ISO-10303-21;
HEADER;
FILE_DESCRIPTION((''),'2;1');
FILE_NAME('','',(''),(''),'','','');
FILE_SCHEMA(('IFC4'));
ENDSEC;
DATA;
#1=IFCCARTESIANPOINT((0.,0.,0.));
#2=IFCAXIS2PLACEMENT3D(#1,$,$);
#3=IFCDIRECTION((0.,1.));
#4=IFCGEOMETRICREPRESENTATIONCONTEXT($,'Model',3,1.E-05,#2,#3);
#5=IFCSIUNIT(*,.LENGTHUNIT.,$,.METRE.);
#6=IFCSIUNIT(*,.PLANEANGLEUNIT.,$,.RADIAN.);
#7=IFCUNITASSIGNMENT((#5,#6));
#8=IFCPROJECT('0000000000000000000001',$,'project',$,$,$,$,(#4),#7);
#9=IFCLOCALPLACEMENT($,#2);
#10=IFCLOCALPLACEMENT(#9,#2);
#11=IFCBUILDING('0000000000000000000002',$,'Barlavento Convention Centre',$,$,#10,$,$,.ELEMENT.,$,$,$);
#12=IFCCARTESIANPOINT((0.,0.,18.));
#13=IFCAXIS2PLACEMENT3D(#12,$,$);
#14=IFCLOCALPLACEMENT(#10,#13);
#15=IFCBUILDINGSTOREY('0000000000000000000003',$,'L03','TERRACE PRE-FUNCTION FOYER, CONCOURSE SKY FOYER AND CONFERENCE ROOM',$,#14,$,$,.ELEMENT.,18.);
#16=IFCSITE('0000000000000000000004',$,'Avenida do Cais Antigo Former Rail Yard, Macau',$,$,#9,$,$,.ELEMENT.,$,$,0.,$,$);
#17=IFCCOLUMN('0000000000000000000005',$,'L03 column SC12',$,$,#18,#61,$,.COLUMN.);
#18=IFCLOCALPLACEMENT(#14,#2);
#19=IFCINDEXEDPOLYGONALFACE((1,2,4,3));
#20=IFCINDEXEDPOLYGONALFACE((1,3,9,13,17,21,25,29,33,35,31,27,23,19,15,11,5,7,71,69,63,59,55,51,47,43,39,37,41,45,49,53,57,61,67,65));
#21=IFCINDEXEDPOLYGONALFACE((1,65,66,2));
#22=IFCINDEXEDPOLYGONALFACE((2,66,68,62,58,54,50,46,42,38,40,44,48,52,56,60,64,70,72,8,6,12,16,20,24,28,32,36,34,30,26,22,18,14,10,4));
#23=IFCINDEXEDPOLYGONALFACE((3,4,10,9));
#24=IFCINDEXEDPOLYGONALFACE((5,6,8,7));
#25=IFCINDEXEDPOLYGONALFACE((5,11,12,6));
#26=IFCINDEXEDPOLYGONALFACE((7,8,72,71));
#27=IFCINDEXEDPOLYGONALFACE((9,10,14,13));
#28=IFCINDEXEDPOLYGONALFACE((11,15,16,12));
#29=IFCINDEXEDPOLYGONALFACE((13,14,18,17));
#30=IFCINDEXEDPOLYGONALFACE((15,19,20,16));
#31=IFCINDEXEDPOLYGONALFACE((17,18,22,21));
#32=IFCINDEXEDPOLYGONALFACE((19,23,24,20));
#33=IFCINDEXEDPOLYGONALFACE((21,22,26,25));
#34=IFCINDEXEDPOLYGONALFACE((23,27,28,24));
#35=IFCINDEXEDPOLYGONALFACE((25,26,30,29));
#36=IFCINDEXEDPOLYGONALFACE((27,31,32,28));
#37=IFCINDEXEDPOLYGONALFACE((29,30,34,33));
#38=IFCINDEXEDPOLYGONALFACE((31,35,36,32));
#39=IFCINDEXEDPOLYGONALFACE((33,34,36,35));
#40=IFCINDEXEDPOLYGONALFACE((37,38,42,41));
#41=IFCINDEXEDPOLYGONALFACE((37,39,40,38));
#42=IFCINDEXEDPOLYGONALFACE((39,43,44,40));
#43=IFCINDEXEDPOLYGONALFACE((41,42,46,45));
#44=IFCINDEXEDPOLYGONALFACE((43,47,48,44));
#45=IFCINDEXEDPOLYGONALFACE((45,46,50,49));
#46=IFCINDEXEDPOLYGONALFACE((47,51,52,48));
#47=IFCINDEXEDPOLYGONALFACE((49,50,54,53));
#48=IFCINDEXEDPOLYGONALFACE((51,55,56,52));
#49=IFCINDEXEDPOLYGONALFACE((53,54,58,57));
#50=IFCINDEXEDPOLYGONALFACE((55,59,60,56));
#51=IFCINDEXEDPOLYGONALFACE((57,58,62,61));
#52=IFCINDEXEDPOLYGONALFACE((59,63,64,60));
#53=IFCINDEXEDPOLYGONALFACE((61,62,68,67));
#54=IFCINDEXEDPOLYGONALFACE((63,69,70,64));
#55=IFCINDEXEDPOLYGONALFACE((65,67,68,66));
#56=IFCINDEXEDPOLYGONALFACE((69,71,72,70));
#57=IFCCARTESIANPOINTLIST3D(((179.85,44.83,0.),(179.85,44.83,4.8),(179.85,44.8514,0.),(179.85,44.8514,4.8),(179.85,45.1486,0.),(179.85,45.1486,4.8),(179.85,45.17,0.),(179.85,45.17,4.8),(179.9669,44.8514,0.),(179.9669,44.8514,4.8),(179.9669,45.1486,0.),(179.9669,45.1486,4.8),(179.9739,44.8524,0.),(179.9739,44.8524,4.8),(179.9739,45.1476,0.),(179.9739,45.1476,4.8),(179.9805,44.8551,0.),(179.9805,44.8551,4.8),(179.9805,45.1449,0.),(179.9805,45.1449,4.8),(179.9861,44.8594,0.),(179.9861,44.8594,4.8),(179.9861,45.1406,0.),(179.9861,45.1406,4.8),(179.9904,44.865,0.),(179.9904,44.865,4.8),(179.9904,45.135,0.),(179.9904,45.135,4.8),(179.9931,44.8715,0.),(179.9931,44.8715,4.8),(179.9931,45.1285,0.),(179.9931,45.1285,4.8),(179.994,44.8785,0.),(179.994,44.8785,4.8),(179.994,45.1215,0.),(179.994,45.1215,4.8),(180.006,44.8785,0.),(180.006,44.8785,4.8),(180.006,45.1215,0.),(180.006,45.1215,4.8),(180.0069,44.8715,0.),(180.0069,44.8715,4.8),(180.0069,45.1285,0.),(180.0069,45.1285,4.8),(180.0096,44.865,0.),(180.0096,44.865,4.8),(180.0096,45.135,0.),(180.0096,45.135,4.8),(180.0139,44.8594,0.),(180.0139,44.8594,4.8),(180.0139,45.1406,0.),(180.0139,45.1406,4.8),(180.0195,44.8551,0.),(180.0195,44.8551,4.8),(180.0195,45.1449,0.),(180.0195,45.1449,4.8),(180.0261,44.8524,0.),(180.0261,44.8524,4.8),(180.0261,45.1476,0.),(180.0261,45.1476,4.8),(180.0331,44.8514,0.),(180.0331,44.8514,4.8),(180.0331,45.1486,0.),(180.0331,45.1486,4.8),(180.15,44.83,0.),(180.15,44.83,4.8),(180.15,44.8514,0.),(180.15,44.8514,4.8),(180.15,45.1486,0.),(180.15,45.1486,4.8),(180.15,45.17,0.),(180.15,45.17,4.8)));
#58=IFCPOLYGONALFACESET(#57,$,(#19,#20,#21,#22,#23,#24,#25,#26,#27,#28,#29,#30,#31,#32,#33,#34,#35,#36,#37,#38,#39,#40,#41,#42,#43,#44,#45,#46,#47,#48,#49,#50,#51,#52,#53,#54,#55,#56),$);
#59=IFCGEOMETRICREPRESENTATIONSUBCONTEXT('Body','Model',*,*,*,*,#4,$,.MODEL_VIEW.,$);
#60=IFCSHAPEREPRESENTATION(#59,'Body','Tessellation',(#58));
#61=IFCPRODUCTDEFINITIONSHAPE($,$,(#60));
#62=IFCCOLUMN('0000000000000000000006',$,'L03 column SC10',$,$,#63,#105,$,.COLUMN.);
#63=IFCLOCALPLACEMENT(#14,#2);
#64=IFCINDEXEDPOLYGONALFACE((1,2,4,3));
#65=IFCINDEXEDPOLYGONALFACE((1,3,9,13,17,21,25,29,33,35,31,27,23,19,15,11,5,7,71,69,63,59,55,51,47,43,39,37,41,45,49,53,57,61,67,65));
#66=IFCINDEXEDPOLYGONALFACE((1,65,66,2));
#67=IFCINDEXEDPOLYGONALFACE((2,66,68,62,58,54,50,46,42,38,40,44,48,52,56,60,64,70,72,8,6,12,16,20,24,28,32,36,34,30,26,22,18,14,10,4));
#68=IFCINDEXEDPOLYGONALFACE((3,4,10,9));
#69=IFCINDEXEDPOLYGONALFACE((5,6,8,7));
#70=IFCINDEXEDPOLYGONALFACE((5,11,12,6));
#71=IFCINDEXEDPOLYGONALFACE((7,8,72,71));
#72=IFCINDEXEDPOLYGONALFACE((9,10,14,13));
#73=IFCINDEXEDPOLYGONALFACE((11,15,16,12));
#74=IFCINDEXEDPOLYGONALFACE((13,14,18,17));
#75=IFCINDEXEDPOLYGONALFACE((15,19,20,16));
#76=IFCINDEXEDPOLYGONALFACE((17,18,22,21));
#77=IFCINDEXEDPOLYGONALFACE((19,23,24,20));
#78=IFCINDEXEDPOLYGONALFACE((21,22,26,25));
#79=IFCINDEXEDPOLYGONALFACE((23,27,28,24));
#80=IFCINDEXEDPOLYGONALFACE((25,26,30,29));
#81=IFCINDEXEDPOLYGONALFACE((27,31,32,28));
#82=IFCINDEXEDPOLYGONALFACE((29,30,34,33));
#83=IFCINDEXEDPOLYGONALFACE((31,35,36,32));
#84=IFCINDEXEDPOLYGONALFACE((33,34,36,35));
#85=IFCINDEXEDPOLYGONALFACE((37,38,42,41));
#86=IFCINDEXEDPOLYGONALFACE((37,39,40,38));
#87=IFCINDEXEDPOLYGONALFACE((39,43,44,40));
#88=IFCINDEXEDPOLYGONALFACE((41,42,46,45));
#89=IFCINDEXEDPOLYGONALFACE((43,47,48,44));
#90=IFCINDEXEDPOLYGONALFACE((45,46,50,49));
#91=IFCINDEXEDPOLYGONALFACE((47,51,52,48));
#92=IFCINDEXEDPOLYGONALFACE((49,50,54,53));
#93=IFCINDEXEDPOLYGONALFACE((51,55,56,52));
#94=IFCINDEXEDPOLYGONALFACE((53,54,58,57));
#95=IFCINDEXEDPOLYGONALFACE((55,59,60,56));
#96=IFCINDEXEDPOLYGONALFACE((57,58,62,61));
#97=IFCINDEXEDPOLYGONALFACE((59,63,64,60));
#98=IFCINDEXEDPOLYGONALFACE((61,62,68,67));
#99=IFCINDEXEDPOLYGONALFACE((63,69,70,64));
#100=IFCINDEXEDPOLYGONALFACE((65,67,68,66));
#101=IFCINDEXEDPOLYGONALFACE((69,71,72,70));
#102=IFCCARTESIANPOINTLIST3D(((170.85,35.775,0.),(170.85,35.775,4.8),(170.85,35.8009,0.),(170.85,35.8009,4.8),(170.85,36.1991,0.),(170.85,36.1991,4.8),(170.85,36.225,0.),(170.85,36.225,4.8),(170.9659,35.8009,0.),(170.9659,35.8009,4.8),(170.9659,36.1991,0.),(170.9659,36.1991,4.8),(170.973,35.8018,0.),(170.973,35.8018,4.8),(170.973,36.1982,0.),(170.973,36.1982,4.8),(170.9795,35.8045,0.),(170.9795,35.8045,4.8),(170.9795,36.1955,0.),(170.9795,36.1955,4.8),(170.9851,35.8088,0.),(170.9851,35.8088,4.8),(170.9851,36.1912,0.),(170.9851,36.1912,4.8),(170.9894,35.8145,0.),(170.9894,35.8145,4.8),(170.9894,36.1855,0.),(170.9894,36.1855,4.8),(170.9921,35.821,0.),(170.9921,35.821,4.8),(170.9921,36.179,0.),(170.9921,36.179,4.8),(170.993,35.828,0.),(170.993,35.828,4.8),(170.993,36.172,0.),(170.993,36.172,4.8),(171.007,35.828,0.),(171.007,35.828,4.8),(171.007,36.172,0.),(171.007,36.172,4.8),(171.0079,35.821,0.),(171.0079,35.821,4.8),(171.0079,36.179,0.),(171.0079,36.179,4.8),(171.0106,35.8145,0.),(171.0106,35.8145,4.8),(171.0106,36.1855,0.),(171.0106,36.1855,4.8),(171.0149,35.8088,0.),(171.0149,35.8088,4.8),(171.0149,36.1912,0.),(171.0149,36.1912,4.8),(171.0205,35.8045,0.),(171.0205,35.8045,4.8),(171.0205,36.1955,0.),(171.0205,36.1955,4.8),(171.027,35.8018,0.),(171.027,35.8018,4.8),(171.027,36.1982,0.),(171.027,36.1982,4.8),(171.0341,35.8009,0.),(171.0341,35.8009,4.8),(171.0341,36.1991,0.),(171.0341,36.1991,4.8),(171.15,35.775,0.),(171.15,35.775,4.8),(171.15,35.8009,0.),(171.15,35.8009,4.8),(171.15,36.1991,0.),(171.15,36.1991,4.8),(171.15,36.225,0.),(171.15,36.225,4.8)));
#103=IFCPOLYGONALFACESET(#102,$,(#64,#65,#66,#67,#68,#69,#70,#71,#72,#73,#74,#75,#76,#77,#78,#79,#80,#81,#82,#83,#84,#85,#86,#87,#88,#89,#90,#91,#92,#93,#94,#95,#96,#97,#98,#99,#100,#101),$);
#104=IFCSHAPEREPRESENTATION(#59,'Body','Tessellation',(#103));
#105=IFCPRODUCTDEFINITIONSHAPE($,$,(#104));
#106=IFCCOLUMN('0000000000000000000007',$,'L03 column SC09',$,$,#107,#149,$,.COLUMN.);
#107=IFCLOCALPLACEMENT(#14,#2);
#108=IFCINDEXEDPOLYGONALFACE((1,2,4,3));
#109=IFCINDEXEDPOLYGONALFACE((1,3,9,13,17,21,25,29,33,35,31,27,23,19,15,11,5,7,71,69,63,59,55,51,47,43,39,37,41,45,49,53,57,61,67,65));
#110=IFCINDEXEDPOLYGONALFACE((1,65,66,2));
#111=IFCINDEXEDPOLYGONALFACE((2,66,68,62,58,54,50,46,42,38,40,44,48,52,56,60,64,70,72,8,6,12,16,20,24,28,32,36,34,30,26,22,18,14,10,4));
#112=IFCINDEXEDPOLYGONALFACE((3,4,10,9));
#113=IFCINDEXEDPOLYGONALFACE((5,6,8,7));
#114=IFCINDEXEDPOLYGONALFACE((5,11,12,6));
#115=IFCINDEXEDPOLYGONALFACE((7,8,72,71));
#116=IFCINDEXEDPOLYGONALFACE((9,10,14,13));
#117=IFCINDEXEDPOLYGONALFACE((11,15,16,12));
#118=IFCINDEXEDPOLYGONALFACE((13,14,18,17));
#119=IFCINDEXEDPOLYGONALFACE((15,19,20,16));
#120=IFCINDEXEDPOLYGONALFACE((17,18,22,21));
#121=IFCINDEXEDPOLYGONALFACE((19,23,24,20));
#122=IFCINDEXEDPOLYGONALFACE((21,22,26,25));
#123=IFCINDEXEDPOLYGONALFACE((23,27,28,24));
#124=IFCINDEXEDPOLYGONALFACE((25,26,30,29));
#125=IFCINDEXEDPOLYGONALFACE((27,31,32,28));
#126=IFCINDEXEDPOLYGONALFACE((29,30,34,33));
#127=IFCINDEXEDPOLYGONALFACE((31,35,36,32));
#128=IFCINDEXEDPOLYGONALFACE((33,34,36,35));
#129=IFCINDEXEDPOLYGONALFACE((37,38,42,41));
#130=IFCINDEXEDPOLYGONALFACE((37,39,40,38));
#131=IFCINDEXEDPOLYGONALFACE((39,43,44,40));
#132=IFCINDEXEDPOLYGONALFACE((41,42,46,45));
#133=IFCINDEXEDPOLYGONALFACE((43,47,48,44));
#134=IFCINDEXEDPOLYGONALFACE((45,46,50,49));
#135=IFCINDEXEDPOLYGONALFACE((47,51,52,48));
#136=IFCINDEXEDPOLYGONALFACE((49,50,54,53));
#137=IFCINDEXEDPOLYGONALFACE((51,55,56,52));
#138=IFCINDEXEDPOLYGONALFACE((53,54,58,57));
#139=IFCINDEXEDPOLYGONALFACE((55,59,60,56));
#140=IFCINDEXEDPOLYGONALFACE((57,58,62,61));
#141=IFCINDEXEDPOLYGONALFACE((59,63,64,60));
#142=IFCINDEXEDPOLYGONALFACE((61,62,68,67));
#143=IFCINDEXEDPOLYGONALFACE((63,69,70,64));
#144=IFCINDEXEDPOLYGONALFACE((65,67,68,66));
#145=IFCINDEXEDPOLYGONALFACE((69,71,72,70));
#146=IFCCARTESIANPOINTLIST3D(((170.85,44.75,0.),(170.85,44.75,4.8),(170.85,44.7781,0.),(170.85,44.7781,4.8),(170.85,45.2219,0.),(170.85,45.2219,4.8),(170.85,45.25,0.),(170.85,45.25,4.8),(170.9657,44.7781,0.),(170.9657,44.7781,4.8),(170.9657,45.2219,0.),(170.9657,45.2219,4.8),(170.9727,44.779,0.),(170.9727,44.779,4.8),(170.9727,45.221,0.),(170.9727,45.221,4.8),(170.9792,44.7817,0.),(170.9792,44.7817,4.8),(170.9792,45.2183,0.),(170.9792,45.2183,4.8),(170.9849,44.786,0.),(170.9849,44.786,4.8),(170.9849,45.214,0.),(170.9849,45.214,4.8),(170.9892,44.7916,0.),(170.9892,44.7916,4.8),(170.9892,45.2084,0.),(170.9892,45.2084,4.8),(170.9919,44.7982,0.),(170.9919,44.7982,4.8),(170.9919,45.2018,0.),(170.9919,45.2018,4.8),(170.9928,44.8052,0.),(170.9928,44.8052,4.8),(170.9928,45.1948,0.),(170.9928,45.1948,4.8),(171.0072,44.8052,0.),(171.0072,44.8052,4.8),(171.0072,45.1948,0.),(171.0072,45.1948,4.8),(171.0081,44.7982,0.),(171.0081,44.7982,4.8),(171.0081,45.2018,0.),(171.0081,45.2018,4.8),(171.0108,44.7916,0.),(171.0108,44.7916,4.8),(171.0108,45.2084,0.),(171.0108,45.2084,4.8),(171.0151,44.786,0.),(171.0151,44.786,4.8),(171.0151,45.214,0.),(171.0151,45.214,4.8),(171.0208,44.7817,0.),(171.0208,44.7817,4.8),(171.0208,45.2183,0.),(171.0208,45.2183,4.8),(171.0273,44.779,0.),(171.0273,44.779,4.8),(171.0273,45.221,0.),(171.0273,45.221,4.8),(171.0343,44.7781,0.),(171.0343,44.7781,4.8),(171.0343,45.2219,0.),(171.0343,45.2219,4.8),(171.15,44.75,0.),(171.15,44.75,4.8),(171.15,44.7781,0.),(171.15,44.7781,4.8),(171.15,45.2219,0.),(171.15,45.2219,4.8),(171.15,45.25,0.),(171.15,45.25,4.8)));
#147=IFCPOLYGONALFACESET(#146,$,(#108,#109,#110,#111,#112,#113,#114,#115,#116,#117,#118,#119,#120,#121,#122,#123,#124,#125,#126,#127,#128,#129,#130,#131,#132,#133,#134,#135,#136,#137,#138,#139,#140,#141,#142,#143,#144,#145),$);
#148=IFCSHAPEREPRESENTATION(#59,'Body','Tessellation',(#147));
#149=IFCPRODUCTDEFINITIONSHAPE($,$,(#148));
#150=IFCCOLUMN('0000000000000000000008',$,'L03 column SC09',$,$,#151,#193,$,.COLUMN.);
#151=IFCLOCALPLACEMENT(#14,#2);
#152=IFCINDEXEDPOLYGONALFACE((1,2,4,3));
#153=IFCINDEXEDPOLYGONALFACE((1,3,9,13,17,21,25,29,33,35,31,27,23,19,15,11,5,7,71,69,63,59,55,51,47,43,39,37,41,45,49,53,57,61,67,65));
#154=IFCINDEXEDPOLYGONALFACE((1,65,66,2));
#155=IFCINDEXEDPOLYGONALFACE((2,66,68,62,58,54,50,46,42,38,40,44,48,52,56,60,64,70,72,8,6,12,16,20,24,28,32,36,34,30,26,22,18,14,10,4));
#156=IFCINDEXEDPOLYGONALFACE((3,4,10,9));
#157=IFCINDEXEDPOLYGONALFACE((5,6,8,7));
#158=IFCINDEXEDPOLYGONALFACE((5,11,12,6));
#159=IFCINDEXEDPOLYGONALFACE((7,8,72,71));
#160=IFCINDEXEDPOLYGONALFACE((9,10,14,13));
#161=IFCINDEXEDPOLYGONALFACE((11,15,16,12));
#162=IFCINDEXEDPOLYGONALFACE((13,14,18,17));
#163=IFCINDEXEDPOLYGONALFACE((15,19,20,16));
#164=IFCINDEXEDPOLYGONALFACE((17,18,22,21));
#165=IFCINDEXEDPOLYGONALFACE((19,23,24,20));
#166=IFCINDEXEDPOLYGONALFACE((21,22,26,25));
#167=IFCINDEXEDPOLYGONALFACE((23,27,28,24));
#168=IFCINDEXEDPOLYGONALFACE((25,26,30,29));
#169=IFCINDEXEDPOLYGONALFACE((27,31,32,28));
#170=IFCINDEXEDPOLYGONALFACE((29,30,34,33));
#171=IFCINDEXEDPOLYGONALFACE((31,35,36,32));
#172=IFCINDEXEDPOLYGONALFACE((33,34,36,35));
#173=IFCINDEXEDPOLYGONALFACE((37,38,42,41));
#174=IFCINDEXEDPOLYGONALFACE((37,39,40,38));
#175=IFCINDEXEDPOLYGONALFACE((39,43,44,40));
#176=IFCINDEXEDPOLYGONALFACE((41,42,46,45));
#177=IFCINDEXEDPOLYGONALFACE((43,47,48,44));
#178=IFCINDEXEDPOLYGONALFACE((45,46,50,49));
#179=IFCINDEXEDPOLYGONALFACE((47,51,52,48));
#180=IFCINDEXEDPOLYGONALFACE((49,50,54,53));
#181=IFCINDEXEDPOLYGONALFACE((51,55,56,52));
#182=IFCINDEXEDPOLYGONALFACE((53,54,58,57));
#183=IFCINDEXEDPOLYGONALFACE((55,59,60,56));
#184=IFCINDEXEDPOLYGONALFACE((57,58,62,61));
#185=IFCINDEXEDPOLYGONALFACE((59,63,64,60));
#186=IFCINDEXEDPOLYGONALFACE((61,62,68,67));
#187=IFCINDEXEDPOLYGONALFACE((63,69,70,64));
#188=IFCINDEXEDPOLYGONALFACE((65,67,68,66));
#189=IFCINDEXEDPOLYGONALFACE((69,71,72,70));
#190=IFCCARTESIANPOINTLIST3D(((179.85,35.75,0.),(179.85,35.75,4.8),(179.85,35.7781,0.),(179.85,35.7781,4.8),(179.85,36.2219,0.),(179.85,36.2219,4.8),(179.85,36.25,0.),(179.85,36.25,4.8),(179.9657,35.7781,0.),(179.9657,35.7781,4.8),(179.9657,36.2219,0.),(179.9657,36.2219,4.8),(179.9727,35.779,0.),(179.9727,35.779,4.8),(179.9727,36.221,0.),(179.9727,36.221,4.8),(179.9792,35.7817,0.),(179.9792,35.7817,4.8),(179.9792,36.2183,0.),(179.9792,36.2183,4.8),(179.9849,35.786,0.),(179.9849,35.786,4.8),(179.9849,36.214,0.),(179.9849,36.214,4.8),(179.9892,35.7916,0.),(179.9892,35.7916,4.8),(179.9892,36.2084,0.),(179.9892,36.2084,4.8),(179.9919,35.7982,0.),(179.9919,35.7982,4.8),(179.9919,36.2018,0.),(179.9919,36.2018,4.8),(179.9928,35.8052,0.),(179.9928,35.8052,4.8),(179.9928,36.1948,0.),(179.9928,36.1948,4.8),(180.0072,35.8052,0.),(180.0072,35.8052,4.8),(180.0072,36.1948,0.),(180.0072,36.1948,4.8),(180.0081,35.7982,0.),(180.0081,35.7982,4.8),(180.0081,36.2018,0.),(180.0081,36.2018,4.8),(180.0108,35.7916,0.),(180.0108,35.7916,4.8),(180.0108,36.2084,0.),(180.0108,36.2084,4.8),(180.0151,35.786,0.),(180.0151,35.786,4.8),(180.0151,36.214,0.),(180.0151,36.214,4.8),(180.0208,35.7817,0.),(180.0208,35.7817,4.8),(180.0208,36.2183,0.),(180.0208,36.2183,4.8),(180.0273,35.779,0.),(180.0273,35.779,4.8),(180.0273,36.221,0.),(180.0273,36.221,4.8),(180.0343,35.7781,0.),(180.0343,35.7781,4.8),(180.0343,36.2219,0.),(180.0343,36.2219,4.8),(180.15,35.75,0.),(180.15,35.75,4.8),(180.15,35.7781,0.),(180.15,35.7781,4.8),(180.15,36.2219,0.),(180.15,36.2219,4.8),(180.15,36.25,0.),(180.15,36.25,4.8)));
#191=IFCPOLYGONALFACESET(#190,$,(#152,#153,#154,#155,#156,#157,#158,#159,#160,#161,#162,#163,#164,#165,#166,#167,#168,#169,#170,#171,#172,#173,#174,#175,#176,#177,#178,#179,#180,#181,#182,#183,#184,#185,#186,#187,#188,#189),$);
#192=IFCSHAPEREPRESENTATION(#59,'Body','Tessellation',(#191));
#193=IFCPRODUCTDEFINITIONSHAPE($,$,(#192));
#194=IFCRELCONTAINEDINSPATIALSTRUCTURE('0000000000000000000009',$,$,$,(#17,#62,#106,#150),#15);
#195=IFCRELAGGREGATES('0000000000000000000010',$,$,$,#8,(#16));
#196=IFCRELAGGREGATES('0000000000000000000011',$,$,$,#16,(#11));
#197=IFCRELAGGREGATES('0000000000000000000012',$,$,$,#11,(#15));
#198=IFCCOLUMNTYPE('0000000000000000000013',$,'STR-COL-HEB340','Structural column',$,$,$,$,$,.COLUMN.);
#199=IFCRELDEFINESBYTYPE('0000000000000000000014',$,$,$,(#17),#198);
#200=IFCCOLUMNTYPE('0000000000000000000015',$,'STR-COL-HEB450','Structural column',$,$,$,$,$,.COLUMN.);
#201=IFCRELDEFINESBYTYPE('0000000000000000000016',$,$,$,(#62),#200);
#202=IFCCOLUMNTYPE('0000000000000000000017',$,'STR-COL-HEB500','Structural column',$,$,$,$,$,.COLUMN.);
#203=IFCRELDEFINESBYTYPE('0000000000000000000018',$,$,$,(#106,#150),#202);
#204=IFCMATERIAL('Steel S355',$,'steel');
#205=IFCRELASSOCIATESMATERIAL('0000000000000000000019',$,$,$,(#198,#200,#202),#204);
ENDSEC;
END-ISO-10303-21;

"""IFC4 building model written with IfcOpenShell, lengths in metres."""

from ifc_helpers import new_model, si_unit, direction, frame, origin, origin_2d, place, context, subcontext, project, spatial, i_section, extrude, material, material_profile, profile_set, type_object, element, save


model = new_model("IFC4")

# Units and contexts
model_context = context("Model", 3, precision=1e-05, world=origin(), true_north=direction((0.0, 1.0)))
body_context = subcontext(model_context, "Body", "Model", "MODEL_VIEW")
ifc_project = project(units=[si_unit("LENGTHUNIT", "METRE"), si_unit("PLANEANGLEUNIT", "RADIAN")], contexts=[model_context])

# Site, building, storey
site_placement = place(None, origin())
site = spatial("IfcSite", under=ifc_project, at=site_placement, Name="Avenida do Cais Antigo Former Rail Yard, Macau", CompositionType="ELEMENT", RefElevation=0.0)
building_placement = place(site_placement, origin())
building = spatial("IfcBuilding", under=site, at=building_placement, Name="Barlavento Convention Centre", CompositionType="ELEMENT")
storey_placement = place(building_placement, frame((0.0, 0.0, 18.0)))
storey = spatial("IfcBuildingStorey", under=building, at=storey_placement, Name="L03", Description="TERRACE PRE-FUNCTION FOYER, CONCOURSE SKY FOYER AND CONFERENCE ROOM", CompositionType="ELEMENT", Elevation=18.0)

# Columns
ifc_material_1 = material(Name="Steel S355", Category="steel")
ifc_material_profile_1 = material_profile(ifc_material_1, i_section(OverallWidth=0.3, OverallDepth=0.3401, WebThickness=0.012, FlangeThickness=0.0215, FilletRadius=0.0271, at=origin_2d()), Name="HEB 340")
ifc_profile_set_1 = profile_set([ifc_material_profile_1], Name="Steel S355")
column_type_1 = type_object("IfcColumnType", Name="STR-COL-HEB340", Description="Structural column", PredefinedType="COLUMN", material=ifc_profile_set_1)
column_1_placement = place(storey_placement, frame((180.0, 45.0, 0.0), z_axis=(0.0, 0.0, 1.0), x_axis=(1.0, 0.0, 0.0)))
element("IfcColumn", 1, at=column_1_placement, inside=storey, type_object=column_type_1, Name="L03 column SC12", PredefinedType="COLUMN", context=body_context, shape_type="SweptSolid", body=[
    extrude(i_section(OverallWidth=0.3, OverallDepth=0.3401, WebThickness=0.012, FlangeThickness=0.0215, FilletRadius=0.0271, at=origin_2d()), origin(), (0.0, 0.0, 1.0), 4.8),
])
ifc_material_profile_2 = material_profile(ifc_material_1, i_section(OverallWidth=0.3, OverallDepth=0.45, WebThickness=0.0139, FlangeThickness=0.0259, FilletRadius=0.0271, at=origin_2d()), Name="HEB 450")
ifc_profile_set_2 = profile_set([ifc_material_profile_2], Name="Steel S355")
column_type_2 = type_object("IfcColumnType", Name="STR-COL-HEB450", Description="Structural column", PredefinedType="COLUMN", material=ifc_profile_set_2)
column_2_placement = place(storey_placement, frame((171.0, 36.0, 0.0), z_axis=(0.0, 0.0, 1.0), x_axis=(1.0, 0.0, 0.0)))
element("IfcColumn", 2, at=column_2_placement, inside=storey, type_object=column_type_2, Name="L03 column SC10", PredefinedType="COLUMN", context=body_context, shape_type="SweptSolid", body=[
    extrude(i_section(OverallWidth=0.3, OverallDepth=0.45, WebThickness=0.0139, FlangeThickness=0.0259, FilletRadius=0.0271, at=origin_2d()), origin(), (0.0, 0.0, 1.0), 4.8),
])
ifc_material_profile_3 = material_profile(ifc_material_1, i_section(OverallWidth=0.3, OverallDepth=0.5, WebThickness=0.0144, FlangeThickness=0.0281, FilletRadius=0.0271, at=origin_2d()), Name="HEB 500")
ifc_profile_set_3 = profile_set([ifc_material_profile_3], Name="Steel S355")
column_type_3 = type_object("IfcColumnType", Name="STR-COL-HEB500", Description="Structural column", PredefinedType="COLUMN", material=ifc_profile_set_3)
for number, where, z_axis, x_axis, name in (
    (3, (171.0, 45.0, 0.0), (0.0, 0.0, 1.0), (1.0, 0.0, 0.0), "L03 column SC09"),
    (4, (180.0, 36.0, 0.0), (0.0, 0.0, 1.0), (1.0, 0.0, 0.0), "L03 column SC09"),
):
    element("IfcColumn", number, at=place(storey_placement, frame(where, z_axis=z_axis, x_axis=x_axis)), inside=storey, type_object=column_type_3, Name=name, PredefinedType="COLUMN", context=body_context, shape_type="SweptSolid", body=[
        extrude(i_section(OverallWidth=0.3, OverallDepth=0.5, WebThickness=0.0144, FlangeThickness=0.0281, FilletRadius=0.0271, at=origin_2d()), origin(), (0.0, 0.0, 1.0), 4.8),
    ])

save(model, "model.ifc")
